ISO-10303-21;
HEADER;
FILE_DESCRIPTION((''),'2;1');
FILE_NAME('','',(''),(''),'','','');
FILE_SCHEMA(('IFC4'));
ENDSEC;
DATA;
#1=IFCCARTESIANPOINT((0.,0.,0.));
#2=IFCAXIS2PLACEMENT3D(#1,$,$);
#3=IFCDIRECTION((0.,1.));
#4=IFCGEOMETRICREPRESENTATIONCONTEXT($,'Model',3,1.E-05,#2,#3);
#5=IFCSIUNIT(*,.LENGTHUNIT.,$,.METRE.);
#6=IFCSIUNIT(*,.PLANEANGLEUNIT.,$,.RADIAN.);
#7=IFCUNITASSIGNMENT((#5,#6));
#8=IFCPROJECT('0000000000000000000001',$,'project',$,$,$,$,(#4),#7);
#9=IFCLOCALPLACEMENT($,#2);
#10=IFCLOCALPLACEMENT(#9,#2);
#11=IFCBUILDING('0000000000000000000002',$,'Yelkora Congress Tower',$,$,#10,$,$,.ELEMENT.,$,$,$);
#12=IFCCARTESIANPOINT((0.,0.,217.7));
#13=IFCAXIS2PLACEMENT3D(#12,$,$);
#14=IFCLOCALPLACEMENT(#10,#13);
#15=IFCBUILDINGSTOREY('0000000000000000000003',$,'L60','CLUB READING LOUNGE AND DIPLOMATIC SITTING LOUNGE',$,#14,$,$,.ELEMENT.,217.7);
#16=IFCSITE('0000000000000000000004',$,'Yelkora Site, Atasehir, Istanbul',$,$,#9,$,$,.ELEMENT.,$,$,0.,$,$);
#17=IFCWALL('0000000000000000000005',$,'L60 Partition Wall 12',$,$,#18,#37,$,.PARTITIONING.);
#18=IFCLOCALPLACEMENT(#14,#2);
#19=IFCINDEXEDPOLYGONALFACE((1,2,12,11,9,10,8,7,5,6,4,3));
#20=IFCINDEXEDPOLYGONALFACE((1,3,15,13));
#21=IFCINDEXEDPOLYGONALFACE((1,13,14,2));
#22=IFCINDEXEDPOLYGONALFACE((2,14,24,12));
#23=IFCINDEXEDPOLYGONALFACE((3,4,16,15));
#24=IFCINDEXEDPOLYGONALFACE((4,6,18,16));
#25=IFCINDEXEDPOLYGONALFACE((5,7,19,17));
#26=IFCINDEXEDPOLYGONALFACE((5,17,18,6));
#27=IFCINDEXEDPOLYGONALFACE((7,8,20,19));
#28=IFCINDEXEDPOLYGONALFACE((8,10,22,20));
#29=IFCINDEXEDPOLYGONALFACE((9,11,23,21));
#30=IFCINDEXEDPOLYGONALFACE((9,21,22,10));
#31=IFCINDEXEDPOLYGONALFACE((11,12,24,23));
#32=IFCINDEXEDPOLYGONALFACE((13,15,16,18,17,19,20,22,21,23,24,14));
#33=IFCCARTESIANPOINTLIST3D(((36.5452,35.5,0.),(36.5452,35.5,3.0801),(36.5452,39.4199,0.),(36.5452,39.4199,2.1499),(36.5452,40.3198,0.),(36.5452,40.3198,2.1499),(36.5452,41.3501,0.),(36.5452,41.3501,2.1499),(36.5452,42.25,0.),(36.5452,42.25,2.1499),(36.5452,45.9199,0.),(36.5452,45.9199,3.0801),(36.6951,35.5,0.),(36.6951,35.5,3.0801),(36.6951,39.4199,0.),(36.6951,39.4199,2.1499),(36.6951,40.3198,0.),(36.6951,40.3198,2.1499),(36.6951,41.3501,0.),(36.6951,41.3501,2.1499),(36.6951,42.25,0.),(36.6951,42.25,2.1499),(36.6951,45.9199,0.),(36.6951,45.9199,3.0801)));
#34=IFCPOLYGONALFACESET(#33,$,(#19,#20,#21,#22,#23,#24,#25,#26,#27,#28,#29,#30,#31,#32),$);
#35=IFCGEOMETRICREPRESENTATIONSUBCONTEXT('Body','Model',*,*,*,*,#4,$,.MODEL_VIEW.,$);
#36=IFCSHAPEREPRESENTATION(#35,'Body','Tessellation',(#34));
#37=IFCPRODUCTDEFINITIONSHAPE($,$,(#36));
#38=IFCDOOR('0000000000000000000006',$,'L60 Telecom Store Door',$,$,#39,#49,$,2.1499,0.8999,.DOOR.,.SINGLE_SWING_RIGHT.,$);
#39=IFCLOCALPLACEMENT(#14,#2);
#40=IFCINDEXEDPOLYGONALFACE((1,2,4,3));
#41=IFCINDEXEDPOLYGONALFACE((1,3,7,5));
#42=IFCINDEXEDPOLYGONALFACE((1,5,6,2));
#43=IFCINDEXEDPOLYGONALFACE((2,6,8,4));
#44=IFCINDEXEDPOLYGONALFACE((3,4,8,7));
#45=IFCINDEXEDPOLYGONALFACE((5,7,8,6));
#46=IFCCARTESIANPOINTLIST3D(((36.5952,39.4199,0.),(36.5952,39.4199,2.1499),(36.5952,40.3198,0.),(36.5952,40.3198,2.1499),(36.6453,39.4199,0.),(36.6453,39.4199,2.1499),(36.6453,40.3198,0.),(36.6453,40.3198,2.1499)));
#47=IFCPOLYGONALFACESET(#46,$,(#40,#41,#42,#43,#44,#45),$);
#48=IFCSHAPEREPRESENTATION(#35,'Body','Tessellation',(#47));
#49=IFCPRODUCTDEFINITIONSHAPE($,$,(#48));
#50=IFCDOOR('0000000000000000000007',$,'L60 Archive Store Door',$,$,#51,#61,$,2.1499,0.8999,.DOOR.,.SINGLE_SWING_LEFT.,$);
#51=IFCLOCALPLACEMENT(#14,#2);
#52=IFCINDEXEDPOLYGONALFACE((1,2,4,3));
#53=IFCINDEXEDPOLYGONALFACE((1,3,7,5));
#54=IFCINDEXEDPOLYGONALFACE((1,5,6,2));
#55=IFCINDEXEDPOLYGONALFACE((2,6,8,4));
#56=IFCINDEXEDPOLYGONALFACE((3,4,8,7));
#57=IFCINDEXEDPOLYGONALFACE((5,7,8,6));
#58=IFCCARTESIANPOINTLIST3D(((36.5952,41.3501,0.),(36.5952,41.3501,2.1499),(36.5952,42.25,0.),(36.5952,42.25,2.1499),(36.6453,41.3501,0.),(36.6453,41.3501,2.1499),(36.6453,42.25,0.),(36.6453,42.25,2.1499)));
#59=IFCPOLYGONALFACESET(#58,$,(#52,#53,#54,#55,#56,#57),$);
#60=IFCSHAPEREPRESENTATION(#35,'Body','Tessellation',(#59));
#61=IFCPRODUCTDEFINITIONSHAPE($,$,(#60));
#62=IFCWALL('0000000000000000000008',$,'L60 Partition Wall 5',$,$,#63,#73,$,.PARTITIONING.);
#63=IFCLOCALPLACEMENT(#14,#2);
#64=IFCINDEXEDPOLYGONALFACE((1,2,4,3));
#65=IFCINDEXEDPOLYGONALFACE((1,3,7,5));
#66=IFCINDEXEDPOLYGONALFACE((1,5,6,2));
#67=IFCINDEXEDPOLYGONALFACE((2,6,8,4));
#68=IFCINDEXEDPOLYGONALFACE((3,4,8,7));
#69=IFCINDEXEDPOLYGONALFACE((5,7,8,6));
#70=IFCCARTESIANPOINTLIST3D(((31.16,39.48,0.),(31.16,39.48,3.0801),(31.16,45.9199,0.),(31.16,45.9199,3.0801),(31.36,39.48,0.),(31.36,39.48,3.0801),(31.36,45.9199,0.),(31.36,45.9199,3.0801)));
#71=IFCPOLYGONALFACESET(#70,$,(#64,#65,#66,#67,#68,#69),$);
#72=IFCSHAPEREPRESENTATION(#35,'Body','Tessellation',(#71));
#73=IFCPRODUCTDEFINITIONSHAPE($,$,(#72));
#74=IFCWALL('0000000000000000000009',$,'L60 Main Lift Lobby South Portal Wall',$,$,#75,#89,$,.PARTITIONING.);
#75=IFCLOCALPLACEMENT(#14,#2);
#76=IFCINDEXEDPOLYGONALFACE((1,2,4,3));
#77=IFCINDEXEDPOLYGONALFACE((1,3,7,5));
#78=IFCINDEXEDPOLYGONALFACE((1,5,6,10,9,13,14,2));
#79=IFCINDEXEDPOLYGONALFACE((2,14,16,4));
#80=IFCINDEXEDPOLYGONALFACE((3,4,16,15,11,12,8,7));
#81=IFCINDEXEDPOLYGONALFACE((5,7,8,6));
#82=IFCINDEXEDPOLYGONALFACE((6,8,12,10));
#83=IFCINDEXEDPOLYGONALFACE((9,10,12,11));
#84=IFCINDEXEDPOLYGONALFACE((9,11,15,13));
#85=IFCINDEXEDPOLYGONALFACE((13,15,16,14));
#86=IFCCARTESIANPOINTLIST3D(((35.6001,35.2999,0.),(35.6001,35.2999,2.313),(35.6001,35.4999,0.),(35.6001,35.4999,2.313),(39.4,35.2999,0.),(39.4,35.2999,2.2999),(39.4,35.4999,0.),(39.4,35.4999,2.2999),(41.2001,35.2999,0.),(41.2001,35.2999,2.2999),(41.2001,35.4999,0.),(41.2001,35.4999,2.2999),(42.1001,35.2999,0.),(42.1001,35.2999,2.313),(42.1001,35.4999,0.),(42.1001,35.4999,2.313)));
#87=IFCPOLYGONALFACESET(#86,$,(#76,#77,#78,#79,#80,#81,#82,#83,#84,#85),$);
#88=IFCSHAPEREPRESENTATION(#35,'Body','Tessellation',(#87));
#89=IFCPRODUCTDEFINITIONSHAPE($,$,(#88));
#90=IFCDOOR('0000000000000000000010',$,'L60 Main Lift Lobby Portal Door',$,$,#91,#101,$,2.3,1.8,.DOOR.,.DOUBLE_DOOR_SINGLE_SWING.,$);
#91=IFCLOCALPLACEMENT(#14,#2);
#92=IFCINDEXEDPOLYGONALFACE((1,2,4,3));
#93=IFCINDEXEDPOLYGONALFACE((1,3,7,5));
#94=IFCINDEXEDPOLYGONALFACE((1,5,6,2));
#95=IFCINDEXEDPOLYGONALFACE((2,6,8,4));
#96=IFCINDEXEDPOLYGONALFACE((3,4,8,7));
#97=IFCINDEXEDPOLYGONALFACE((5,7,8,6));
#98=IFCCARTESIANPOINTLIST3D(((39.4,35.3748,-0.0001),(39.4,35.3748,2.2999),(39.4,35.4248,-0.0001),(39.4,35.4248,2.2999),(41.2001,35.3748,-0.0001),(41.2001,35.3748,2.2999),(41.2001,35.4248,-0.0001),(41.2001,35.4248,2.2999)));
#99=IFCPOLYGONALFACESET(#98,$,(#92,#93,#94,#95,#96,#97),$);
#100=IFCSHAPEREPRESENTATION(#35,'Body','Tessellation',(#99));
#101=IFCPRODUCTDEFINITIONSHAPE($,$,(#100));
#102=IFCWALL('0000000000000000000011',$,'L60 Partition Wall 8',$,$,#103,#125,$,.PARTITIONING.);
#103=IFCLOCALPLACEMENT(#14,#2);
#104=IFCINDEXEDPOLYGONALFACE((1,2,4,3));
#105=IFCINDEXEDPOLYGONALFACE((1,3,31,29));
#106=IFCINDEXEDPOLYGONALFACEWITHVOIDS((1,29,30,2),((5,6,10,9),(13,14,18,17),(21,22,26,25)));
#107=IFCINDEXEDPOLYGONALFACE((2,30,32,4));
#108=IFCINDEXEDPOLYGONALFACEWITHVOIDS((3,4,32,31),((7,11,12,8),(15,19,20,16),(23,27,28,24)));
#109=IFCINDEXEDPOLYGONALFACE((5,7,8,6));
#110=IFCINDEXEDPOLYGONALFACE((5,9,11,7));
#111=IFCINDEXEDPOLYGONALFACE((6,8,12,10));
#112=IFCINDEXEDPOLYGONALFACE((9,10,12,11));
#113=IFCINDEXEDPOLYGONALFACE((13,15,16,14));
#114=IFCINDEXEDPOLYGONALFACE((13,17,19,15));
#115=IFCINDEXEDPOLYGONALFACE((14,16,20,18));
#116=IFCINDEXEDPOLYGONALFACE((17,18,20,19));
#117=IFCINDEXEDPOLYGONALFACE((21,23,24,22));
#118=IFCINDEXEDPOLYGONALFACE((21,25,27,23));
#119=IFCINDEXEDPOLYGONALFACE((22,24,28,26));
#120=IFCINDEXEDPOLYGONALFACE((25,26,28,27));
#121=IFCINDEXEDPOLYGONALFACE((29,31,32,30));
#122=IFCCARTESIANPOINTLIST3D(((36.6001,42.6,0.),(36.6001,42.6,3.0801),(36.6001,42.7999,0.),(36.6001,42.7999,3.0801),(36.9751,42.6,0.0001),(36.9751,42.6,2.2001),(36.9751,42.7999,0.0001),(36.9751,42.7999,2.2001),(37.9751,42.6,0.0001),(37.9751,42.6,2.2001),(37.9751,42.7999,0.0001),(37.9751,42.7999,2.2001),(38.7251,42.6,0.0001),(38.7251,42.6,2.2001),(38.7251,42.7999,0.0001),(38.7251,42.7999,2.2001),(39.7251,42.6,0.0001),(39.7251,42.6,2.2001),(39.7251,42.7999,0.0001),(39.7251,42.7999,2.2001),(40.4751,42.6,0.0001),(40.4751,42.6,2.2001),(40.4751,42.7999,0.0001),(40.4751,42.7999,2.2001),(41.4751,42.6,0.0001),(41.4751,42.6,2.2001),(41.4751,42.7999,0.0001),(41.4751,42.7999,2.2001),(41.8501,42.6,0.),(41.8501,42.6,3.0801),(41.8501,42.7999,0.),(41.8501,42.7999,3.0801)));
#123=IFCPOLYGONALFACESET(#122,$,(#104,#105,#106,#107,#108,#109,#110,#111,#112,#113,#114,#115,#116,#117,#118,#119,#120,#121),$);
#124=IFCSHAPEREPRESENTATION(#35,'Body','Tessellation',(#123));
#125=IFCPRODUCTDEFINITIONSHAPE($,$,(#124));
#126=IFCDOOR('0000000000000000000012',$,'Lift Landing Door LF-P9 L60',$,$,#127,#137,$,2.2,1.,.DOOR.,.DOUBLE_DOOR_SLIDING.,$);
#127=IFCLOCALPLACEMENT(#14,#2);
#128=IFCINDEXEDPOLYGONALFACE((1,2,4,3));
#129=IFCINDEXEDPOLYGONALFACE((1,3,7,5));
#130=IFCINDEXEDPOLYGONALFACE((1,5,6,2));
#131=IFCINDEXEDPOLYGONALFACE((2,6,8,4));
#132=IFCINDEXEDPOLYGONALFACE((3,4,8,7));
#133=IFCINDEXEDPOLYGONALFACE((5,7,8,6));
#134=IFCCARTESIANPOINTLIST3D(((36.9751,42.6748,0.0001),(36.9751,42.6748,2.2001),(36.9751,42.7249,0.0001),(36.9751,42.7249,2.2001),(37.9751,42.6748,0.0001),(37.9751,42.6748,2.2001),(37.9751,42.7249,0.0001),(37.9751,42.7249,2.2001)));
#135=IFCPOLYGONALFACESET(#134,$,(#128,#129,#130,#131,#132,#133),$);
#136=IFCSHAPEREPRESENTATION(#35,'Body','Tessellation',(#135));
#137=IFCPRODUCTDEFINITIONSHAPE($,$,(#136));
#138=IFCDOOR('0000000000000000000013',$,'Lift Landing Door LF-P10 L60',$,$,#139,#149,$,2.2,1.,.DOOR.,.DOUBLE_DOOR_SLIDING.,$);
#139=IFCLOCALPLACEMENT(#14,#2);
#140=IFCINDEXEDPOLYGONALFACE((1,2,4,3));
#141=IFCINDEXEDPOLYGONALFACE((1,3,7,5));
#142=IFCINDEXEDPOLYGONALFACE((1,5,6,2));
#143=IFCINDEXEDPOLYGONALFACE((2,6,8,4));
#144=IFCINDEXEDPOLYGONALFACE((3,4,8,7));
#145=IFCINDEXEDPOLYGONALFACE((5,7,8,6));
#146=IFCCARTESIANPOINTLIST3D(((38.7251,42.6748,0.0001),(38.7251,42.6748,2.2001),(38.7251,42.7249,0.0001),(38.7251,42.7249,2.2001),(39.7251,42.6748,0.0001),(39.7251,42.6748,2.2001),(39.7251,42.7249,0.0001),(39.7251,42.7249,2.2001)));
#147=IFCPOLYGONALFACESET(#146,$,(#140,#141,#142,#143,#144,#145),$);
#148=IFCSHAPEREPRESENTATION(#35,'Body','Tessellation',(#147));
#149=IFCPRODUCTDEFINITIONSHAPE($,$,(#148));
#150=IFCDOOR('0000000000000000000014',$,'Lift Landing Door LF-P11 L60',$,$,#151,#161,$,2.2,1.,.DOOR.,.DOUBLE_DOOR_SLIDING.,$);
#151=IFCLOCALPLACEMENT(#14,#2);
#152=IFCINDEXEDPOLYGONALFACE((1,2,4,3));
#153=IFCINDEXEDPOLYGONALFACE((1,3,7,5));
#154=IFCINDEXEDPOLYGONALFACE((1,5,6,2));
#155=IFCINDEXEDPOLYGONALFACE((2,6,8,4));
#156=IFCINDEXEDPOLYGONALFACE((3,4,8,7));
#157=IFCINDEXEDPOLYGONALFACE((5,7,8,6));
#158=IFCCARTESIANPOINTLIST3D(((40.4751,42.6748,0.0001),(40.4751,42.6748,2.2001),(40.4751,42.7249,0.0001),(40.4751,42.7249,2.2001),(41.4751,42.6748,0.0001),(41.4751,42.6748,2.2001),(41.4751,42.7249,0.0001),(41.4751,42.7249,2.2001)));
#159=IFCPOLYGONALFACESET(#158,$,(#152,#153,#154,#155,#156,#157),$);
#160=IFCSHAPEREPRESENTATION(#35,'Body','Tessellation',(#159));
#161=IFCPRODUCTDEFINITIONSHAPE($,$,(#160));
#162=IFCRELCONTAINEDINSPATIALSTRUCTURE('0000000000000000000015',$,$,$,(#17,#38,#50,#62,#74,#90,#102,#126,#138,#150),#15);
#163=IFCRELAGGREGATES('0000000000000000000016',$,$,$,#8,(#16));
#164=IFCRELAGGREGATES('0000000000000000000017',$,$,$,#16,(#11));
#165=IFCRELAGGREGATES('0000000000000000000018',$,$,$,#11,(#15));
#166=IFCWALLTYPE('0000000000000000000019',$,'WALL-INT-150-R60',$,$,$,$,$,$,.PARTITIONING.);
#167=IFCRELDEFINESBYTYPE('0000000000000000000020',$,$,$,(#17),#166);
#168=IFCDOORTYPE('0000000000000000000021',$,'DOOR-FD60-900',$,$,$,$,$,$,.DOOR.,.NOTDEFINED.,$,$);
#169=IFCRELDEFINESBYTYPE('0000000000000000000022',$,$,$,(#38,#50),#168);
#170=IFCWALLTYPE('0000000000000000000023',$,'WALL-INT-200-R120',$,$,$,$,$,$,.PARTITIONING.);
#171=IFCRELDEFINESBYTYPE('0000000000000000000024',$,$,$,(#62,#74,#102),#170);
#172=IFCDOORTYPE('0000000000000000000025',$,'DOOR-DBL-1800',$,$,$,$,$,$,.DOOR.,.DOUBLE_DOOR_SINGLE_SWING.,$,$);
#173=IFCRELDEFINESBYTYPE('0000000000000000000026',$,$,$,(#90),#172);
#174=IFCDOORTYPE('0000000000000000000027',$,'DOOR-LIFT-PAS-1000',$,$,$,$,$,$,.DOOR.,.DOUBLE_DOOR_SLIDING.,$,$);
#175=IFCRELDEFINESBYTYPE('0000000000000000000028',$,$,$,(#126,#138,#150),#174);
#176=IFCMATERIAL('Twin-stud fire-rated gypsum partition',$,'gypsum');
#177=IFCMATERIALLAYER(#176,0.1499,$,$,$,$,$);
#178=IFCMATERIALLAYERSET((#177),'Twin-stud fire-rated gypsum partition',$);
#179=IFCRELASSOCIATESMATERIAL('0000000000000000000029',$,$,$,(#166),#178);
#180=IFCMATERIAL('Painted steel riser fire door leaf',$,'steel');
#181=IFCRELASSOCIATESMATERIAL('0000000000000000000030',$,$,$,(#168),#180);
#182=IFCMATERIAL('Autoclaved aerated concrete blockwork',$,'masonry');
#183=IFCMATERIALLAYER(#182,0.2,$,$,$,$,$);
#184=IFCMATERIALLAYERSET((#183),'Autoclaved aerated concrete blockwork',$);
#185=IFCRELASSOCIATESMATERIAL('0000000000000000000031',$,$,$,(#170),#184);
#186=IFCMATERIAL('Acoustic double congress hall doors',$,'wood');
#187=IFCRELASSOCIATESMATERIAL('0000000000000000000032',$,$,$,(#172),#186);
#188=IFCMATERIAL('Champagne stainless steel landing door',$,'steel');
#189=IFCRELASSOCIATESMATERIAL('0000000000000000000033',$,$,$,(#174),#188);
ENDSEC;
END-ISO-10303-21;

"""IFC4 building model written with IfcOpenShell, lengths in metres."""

from ifc_helpers import new_model, si_unit, direction, frame, frame_2d, origin, place, context, subcontext, project, spatial, rectangle, extrude, material, layer, layer_set, type_object, element, fill, save


model = new_model("IFC4")

# Units and contexts
model_context = context("Model", 3, precision=1e-05, world=origin(), true_north=direction((0.0, 1.0)))
body_context = subcontext(model_context, "Body", "Model", "MODEL_VIEW")
ifc_project = project(units=[si_unit("LENGTHUNIT", "METRE"), si_unit("PLANEANGLEUNIT", "RADIAN")], contexts=[model_context])

# Site, building, storey
site_placement = place(None, origin())
site = spatial("IfcSite", under=ifc_project, at=site_placement, Name="Yelkora Site, Atasehir, Istanbul", CompositionType="ELEMENT", RefElevation=0.0)
building_placement = place(site_placement, origin())
building = spatial("IfcBuilding", under=site, at=building_placement, Name="Yelkora Congress Tower", CompositionType="ELEMENT")
storey_placement = place(building_placement, frame((0.0, 0.0, 217.7)))
storey = spatial("IfcBuildingStorey", under=building, at=storey_placement, Name="L60", Description="CLUB READING LOUNGE AND DIPLOMATIC SITTING LOUNGE", CompositionType="ELEMENT", Elevation=217.7)

# Shared definitions
ifc_material_1 = material(Name="Twin-stud fire-rated gypsum partition", Category="gypsum")
ifc_layer_1 = layer(ifc_material_1, 0.1499)
ifc_layer_set_1 = layer_set([ifc_layer_1], Name="Twin-stud fire-rated gypsum partition")
wall_type_1 = type_object("IfcWallType", Name="WALL-INT-150-R60", PredefinedType="PARTITIONING", material=ifc_layer_set_1)

# Wall, openings, doors
wall_1_placement = place(storey_placement, frame((36.6201, 35.5, 0.0), z_axis=(0.0, 0.0, 1.0), x_axis=(0.0, 1.0, 0.0)))
wall_1 = element("IfcWall", 1, at=wall_1_placement, inside=storey, type_object=wall_type_1, Name="L60 Partition Wall 12", PredefinedType="PARTITIONING", context=body_context, shape_type="SweptSolid", body=[
    extrude(rectangle(XDim=10.4199, YDim=0.1499, at=frame_2d((5.21, 0.0))), origin(), (0.0, 0.0, 1.0), 3.0801),
])
opening_1_placement = place(wall_1_placement, frame((3.9199, 0.0, 0.0)))
opening_1 = element("IfcOpeningElement", 2, at=opening_1_placement, cuts=wall_1, PredefinedType="OPENING", context=body_context, shape_type="SweptSolid", body=[
    extrude(rectangle(XDim=0.8999, YDim=2.1499, at=frame_2d((0.45, 1.075))), frame((0.0, 0.085, 0.0), z_axis=(0.0, -1.0, 0.0), x_axis=(1.0, 0.0, 0.0)), (0.0, 0.0, 1.0), 0.1699),
])
opening_2_placement = place(wall_1_placement, frame((5.8501, 0.0, 0.0)))
opening_2 = element("IfcOpeningElement", 3, at=opening_2_placement, cuts=wall_1, PredefinedType="OPENING", context=body_context, shape_type="SweptSolid", body=[
    extrude(rectangle(XDim=0.8999, YDim=2.1499, at=frame_2d((0.45, 1.075))), frame((0.0, 0.085, 0.0), z_axis=(0.0, -1.0, 0.0), x_axis=(1.0, 0.0, 0.0)), (0.0, 0.0, 1.0), 0.1699),
])
ifc_material_2 = material(Name="Painted steel riser fire door leaf", Category="steel")
door_type_1 = type_object("IfcDoorType", Name="DOOR-FD60-900", OperationType="NOTDEFINED", PredefinedType="DOOR", material=ifc_material_2)
door_1_placement = place(opening_1_placement, origin())
door_1 = element("IfcDoor", 4, at=door_1_placement, inside=storey, type_object=door_type_1, Name="L60 Telecom Store Door", OperationType="SINGLE_SWING_RIGHT", OverallHeight=2.1499, OverallWidth=0.8999, PredefinedType="DOOR", context=body_context, shape_type="SweptSolid", body=[
    extrude(rectangle(XDim=0.8999, YDim=2.1499, at=frame_2d((0.45, 1.075))), frame((0.0, 0.0249, 0.0), z_axis=(0.0, -1.0, 0.0), x_axis=(1.0, 0.0, 0.0)), (0.0, 0.0, 1.0), 0.05),
])
fill(opening_1, door_1)
door_2_placement = place(opening_2_placement, origin())
door_2 = element("IfcDoor", 5, at=door_2_placement, inside=storey, type_object=door_type_1, Name="L60 Archive Store Door", OperationType="SINGLE_SWING_LEFT", OverallHeight=2.1499, OverallWidth=0.8999, PredefinedType="DOOR", context=body_context, shape_type="SweptSolid", body=[
    extrude(rectangle(XDim=0.8999, YDim=2.1499, at=frame_2d((0.45, 1.075))), frame((0.0, 0.0249, 0.0), z_axis=(0.0, -1.0, 0.0), x_axis=(1.0, 0.0, 0.0)), (0.0, 0.0, 1.0), 0.05),
])
fill(opening_2, door_2)

# Wall
ifc_material_3 = material(Name="Autoclaved aerated concrete blockwork", Category="masonry")
ifc_layer_2 = layer(ifc_material_3, 0.2)
ifc_layer_set_2 = layer_set([ifc_layer_2], Name="Autoclaved aerated concrete blockwork")
wall_type_2 = type_object("IfcWallType", Name="WALL-INT-200-R120", PredefinedType="PARTITIONING", material=ifc_layer_set_2)
wall_2_placement = place(storey_placement, frame((31.26, 39.48, 0.0), z_axis=(0.0, 0.0, 1.0), x_axis=(0.0, 1.0, 0.0)))
element("IfcWall", 6, at=wall_2_placement, inside=storey, type_object=wall_type_2, Name="L60 Partition Wall 5", PredefinedType="PARTITIONING", context=body_context, shape_type="SweptSolid", body=[
    extrude(rectangle(XDim=6.4399, YDim=0.2, at=frame_2d((3.22, 0.0))), origin(), (0.0, 0.0, 1.0), 3.0801),
])

# Wall, opening, door
wall_3_placement = place(storey_placement, frame((35.6001, 35.3999, 0.0), z_axis=(0.0, 0.0, 1.0), x_axis=(1.0, 0.0, 0.0)))
wall_3 = element("IfcWall", 7, at=wall_3_placement, inside=storey, type_object=wall_type_2, Name="L60 Main Lift Lobby South Portal Wall", PredefinedType="PARTITIONING", context=body_context, shape_type="SweptSolid", body=[
    extrude(rectangle(XDim=6.5, YDim=0.2, at=frame_2d((3.25, 0.0))), origin(), (0.0, 0.0, 1.0), 2.313),
])
opening_3_placement = place(wall_3_placement, frame((3.8, 0.0, 0.0)))
opening_3 = element("IfcOpeningElement", 8, at=opening_3_placement, cuts=wall_3, PredefinedType="OPENING", context=body_context, shape_type="SweptSolid", body=[
    extrude(rectangle(XDim=1.8, YDim=2.3, at=frame_2d((0.8999, 1.1499))), frame((0.0, 0.1099, 0.0), z_axis=(0.0, -1.0, 0.0), x_axis=(1.0, 0.0, 0.0)), (0.0, 0.0, 1.0), 0.22),
])
ifc_material_4 = material(Name="Acoustic double congress hall doors", Category="wood")
door_type_2 = type_object("IfcDoorType", Name="DOOR-DBL-1800", OperationType="DOUBLE_DOOR_SINGLE_SWING", PredefinedType="DOOR", material=ifc_material_4)
door_3_placement = place(opening_3_placement, origin())
door_3 = element("IfcDoor", 9, at=door_3_placement, inside=storey, type_object=door_type_2, Name="L60 Main Lift Lobby Portal Door", OperationType="DOUBLE_DOOR_SINGLE_SWING", OverallHeight=2.3, OverallWidth=1.8, PredefinedType="DOOR", context=body_context, shape_type="SweptSolid", body=[
    extrude(rectangle(XDim=1.8, YDim=2.3, at=frame_2d((0.8999, 1.1499))), frame((0.0, 0.0249, 0.0), z_axis=(0.0, -1.0, 0.0), x_axis=(1.0, 0.0, 0.0)), (0.0, 0.0, 1.0), 0.05),
])
fill(opening_3, door_3)

# Wall, openings, doors
wall_4_placement = place(storey_placement, frame((36.6001, 42.7, 0.0), z_axis=(0.0, 0.0, 1.0), x_axis=(1.0, 0.0, 0.0)))
wall_4 = element("IfcWall", 10, at=wall_4_placement, inside=storey, type_object=wall_type_2, Name="L60 Partition Wall 8", PredefinedType="PARTITIONING", context=body_context, shape_type="SweptSolid", body=[
    extrude(rectangle(XDim=5.25, YDim=0.2, at=frame_2d((2.625, 0.0))), origin(), (0.0, 0.0, 1.0), 3.0801),
])
opening_4_placement = place(wall_4_placement, frame((0.375, 0.0, 0.0)))
opening_4 = element("IfcOpeningElement", 11, at=opening_4_placement, cuts=wall_4, PredefinedType="OPENING", context=body_context, shape_type="SweptSolid", body=[
    extrude(rectangle(XDim=1.0, YDim=2.2, at=frame_2d((0.5, 1.1001))), frame((0.0, 0.1099, 0.0), z_axis=(0.0, -1.0, 0.0), x_axis=(1.0, 0.0, 0.0)), (0.0, 0.0, 1.0), 0.22),
])
opening_5_placement = place(wall_4_placement, frame((2.125, 0.0, 0.0)))
opening_5 = element("IfcOpeningElement", 12, at=opening_5_placement, cuts=wall_4, PredefinedType="OPENING", context=body_context, shape_type="SweptSolid", body=[
    extrude(rectangle(XDim=1.0, YDim=2.2, at=frame_2d((0.5, 1.1001))), frame((0.0, 0.1099, 0.0), z_axis=(0.0, -1.0, 0.0), x_axis=(1.0, 0.0, 0.0)), (0.0, 0.0, 1.0), 0.22),
])
opening_6_placement = place(wall_4_placement, frame((3.875, 0.0, 0.0)))
opening_6 = element("IfcOpeningElement", 13, at=opening_6_placement, cuts=wall_4, PredefinedType="OPENING", context=body_context, shape_type="SweptSolid", body=[
    extrude(rectangle(XDim=1.0, YDim=2.2, at=frame_2d((0.5, 1.1001))), frame((0.0, 0.1099, 0.0), z_axis=(0.0, -1.0, 0.0), x_axis=(1.0, 0.0, 0.0)), (0.0, 0.0, 1.0), 0.22),
])
ifc_material_5 = material(Name="Champagne stainless steel landing door", Category="steel")
door_type_3 = type_object("IfcDoorType", Name="DOOR-LIFT-PAS-1000", OperationType="DOUBLE_DOOR_SLIDING", PredefinedType="DOOR", material=ifc_material_5)
door_4_placement = place(opening_4_placement, origin())
door_4 = element("IfcDoor", 14, at=door_4_placement, inside=storey, type_object=door_type_3, Name="Lift Landing Door LF-P9 L60", OperationType="DOUBLE_DOOR_SLIDING", OverallHeight=2.2, OverallWidth=1.0, PredefinedType="DOOR", context=body_context, shape_type="SweptSolid", body=[
    extrude(rectangle(XDim=1.0, YDim=2.2, at=frame_2d((0.5, 1.1001))), frame((0.0, 0.0249, 0.0), z_axis=(0.0, -1.0, 0.0), x_axis=(1.0, 0.0, 0.0)), (0.0, 0.0, 1.0), 0.05),
])
fill(opening_4, door_4)
door_5_placement = place(opening_5_placement, origin())
door_5 = element("IfcDoor", 15, at=door_5_placement, inside=storey, type_object=door_type_3, Name="Lift Landing Door LF-P10 L60", OperationType="DOUBLE_DOOR_SLIDING", OverallHeight=2.2, OverallWidth=1.0, PredefinedType="DOOR", context=body_context, shape_type="SweptSolid", body=[
    extrude(rectangle(XDim=1.0, YDim=2.2, at=frame_2d((0.5, 1.1001))), frame((0.0, 0.0249, 0.0), z_axis=(0.0, -1.0, 0.0), x_axis=(1.0, 0.0, 0.0)), (0.0, 0.0, 1.0), 0.05),
])
fill(opening_5, door_5)
door_6_placement = place(opening_6_placement, origin())
door_6 = element("IfcDoor", 16, at=door_6_placement, inside=storey, type_object=door_type_3, Name="Lift Landing Door LF-P11 L60", OperationType="DOUBLE_DOOR_SLIDING", OverallHeight=2.2, OverallWidth=1.0, PredefinedType="DOOR", context=body_context, shape_type="SweptSolid", body=[
    extrude(rectangle(XDim=1.0, YDim=2.2, at=frame_2d((0.5, 1.1001))), frame((0.0, 0.0249, 0.0), z_axis=(0.0, -1.0, 0.0), x_axis=(1.0, 0.0, 0.0)), (0.0, 0.0, 1.0), 0.05),
])
fill(opening_6, door_6)

save(model, "model.ifc")
